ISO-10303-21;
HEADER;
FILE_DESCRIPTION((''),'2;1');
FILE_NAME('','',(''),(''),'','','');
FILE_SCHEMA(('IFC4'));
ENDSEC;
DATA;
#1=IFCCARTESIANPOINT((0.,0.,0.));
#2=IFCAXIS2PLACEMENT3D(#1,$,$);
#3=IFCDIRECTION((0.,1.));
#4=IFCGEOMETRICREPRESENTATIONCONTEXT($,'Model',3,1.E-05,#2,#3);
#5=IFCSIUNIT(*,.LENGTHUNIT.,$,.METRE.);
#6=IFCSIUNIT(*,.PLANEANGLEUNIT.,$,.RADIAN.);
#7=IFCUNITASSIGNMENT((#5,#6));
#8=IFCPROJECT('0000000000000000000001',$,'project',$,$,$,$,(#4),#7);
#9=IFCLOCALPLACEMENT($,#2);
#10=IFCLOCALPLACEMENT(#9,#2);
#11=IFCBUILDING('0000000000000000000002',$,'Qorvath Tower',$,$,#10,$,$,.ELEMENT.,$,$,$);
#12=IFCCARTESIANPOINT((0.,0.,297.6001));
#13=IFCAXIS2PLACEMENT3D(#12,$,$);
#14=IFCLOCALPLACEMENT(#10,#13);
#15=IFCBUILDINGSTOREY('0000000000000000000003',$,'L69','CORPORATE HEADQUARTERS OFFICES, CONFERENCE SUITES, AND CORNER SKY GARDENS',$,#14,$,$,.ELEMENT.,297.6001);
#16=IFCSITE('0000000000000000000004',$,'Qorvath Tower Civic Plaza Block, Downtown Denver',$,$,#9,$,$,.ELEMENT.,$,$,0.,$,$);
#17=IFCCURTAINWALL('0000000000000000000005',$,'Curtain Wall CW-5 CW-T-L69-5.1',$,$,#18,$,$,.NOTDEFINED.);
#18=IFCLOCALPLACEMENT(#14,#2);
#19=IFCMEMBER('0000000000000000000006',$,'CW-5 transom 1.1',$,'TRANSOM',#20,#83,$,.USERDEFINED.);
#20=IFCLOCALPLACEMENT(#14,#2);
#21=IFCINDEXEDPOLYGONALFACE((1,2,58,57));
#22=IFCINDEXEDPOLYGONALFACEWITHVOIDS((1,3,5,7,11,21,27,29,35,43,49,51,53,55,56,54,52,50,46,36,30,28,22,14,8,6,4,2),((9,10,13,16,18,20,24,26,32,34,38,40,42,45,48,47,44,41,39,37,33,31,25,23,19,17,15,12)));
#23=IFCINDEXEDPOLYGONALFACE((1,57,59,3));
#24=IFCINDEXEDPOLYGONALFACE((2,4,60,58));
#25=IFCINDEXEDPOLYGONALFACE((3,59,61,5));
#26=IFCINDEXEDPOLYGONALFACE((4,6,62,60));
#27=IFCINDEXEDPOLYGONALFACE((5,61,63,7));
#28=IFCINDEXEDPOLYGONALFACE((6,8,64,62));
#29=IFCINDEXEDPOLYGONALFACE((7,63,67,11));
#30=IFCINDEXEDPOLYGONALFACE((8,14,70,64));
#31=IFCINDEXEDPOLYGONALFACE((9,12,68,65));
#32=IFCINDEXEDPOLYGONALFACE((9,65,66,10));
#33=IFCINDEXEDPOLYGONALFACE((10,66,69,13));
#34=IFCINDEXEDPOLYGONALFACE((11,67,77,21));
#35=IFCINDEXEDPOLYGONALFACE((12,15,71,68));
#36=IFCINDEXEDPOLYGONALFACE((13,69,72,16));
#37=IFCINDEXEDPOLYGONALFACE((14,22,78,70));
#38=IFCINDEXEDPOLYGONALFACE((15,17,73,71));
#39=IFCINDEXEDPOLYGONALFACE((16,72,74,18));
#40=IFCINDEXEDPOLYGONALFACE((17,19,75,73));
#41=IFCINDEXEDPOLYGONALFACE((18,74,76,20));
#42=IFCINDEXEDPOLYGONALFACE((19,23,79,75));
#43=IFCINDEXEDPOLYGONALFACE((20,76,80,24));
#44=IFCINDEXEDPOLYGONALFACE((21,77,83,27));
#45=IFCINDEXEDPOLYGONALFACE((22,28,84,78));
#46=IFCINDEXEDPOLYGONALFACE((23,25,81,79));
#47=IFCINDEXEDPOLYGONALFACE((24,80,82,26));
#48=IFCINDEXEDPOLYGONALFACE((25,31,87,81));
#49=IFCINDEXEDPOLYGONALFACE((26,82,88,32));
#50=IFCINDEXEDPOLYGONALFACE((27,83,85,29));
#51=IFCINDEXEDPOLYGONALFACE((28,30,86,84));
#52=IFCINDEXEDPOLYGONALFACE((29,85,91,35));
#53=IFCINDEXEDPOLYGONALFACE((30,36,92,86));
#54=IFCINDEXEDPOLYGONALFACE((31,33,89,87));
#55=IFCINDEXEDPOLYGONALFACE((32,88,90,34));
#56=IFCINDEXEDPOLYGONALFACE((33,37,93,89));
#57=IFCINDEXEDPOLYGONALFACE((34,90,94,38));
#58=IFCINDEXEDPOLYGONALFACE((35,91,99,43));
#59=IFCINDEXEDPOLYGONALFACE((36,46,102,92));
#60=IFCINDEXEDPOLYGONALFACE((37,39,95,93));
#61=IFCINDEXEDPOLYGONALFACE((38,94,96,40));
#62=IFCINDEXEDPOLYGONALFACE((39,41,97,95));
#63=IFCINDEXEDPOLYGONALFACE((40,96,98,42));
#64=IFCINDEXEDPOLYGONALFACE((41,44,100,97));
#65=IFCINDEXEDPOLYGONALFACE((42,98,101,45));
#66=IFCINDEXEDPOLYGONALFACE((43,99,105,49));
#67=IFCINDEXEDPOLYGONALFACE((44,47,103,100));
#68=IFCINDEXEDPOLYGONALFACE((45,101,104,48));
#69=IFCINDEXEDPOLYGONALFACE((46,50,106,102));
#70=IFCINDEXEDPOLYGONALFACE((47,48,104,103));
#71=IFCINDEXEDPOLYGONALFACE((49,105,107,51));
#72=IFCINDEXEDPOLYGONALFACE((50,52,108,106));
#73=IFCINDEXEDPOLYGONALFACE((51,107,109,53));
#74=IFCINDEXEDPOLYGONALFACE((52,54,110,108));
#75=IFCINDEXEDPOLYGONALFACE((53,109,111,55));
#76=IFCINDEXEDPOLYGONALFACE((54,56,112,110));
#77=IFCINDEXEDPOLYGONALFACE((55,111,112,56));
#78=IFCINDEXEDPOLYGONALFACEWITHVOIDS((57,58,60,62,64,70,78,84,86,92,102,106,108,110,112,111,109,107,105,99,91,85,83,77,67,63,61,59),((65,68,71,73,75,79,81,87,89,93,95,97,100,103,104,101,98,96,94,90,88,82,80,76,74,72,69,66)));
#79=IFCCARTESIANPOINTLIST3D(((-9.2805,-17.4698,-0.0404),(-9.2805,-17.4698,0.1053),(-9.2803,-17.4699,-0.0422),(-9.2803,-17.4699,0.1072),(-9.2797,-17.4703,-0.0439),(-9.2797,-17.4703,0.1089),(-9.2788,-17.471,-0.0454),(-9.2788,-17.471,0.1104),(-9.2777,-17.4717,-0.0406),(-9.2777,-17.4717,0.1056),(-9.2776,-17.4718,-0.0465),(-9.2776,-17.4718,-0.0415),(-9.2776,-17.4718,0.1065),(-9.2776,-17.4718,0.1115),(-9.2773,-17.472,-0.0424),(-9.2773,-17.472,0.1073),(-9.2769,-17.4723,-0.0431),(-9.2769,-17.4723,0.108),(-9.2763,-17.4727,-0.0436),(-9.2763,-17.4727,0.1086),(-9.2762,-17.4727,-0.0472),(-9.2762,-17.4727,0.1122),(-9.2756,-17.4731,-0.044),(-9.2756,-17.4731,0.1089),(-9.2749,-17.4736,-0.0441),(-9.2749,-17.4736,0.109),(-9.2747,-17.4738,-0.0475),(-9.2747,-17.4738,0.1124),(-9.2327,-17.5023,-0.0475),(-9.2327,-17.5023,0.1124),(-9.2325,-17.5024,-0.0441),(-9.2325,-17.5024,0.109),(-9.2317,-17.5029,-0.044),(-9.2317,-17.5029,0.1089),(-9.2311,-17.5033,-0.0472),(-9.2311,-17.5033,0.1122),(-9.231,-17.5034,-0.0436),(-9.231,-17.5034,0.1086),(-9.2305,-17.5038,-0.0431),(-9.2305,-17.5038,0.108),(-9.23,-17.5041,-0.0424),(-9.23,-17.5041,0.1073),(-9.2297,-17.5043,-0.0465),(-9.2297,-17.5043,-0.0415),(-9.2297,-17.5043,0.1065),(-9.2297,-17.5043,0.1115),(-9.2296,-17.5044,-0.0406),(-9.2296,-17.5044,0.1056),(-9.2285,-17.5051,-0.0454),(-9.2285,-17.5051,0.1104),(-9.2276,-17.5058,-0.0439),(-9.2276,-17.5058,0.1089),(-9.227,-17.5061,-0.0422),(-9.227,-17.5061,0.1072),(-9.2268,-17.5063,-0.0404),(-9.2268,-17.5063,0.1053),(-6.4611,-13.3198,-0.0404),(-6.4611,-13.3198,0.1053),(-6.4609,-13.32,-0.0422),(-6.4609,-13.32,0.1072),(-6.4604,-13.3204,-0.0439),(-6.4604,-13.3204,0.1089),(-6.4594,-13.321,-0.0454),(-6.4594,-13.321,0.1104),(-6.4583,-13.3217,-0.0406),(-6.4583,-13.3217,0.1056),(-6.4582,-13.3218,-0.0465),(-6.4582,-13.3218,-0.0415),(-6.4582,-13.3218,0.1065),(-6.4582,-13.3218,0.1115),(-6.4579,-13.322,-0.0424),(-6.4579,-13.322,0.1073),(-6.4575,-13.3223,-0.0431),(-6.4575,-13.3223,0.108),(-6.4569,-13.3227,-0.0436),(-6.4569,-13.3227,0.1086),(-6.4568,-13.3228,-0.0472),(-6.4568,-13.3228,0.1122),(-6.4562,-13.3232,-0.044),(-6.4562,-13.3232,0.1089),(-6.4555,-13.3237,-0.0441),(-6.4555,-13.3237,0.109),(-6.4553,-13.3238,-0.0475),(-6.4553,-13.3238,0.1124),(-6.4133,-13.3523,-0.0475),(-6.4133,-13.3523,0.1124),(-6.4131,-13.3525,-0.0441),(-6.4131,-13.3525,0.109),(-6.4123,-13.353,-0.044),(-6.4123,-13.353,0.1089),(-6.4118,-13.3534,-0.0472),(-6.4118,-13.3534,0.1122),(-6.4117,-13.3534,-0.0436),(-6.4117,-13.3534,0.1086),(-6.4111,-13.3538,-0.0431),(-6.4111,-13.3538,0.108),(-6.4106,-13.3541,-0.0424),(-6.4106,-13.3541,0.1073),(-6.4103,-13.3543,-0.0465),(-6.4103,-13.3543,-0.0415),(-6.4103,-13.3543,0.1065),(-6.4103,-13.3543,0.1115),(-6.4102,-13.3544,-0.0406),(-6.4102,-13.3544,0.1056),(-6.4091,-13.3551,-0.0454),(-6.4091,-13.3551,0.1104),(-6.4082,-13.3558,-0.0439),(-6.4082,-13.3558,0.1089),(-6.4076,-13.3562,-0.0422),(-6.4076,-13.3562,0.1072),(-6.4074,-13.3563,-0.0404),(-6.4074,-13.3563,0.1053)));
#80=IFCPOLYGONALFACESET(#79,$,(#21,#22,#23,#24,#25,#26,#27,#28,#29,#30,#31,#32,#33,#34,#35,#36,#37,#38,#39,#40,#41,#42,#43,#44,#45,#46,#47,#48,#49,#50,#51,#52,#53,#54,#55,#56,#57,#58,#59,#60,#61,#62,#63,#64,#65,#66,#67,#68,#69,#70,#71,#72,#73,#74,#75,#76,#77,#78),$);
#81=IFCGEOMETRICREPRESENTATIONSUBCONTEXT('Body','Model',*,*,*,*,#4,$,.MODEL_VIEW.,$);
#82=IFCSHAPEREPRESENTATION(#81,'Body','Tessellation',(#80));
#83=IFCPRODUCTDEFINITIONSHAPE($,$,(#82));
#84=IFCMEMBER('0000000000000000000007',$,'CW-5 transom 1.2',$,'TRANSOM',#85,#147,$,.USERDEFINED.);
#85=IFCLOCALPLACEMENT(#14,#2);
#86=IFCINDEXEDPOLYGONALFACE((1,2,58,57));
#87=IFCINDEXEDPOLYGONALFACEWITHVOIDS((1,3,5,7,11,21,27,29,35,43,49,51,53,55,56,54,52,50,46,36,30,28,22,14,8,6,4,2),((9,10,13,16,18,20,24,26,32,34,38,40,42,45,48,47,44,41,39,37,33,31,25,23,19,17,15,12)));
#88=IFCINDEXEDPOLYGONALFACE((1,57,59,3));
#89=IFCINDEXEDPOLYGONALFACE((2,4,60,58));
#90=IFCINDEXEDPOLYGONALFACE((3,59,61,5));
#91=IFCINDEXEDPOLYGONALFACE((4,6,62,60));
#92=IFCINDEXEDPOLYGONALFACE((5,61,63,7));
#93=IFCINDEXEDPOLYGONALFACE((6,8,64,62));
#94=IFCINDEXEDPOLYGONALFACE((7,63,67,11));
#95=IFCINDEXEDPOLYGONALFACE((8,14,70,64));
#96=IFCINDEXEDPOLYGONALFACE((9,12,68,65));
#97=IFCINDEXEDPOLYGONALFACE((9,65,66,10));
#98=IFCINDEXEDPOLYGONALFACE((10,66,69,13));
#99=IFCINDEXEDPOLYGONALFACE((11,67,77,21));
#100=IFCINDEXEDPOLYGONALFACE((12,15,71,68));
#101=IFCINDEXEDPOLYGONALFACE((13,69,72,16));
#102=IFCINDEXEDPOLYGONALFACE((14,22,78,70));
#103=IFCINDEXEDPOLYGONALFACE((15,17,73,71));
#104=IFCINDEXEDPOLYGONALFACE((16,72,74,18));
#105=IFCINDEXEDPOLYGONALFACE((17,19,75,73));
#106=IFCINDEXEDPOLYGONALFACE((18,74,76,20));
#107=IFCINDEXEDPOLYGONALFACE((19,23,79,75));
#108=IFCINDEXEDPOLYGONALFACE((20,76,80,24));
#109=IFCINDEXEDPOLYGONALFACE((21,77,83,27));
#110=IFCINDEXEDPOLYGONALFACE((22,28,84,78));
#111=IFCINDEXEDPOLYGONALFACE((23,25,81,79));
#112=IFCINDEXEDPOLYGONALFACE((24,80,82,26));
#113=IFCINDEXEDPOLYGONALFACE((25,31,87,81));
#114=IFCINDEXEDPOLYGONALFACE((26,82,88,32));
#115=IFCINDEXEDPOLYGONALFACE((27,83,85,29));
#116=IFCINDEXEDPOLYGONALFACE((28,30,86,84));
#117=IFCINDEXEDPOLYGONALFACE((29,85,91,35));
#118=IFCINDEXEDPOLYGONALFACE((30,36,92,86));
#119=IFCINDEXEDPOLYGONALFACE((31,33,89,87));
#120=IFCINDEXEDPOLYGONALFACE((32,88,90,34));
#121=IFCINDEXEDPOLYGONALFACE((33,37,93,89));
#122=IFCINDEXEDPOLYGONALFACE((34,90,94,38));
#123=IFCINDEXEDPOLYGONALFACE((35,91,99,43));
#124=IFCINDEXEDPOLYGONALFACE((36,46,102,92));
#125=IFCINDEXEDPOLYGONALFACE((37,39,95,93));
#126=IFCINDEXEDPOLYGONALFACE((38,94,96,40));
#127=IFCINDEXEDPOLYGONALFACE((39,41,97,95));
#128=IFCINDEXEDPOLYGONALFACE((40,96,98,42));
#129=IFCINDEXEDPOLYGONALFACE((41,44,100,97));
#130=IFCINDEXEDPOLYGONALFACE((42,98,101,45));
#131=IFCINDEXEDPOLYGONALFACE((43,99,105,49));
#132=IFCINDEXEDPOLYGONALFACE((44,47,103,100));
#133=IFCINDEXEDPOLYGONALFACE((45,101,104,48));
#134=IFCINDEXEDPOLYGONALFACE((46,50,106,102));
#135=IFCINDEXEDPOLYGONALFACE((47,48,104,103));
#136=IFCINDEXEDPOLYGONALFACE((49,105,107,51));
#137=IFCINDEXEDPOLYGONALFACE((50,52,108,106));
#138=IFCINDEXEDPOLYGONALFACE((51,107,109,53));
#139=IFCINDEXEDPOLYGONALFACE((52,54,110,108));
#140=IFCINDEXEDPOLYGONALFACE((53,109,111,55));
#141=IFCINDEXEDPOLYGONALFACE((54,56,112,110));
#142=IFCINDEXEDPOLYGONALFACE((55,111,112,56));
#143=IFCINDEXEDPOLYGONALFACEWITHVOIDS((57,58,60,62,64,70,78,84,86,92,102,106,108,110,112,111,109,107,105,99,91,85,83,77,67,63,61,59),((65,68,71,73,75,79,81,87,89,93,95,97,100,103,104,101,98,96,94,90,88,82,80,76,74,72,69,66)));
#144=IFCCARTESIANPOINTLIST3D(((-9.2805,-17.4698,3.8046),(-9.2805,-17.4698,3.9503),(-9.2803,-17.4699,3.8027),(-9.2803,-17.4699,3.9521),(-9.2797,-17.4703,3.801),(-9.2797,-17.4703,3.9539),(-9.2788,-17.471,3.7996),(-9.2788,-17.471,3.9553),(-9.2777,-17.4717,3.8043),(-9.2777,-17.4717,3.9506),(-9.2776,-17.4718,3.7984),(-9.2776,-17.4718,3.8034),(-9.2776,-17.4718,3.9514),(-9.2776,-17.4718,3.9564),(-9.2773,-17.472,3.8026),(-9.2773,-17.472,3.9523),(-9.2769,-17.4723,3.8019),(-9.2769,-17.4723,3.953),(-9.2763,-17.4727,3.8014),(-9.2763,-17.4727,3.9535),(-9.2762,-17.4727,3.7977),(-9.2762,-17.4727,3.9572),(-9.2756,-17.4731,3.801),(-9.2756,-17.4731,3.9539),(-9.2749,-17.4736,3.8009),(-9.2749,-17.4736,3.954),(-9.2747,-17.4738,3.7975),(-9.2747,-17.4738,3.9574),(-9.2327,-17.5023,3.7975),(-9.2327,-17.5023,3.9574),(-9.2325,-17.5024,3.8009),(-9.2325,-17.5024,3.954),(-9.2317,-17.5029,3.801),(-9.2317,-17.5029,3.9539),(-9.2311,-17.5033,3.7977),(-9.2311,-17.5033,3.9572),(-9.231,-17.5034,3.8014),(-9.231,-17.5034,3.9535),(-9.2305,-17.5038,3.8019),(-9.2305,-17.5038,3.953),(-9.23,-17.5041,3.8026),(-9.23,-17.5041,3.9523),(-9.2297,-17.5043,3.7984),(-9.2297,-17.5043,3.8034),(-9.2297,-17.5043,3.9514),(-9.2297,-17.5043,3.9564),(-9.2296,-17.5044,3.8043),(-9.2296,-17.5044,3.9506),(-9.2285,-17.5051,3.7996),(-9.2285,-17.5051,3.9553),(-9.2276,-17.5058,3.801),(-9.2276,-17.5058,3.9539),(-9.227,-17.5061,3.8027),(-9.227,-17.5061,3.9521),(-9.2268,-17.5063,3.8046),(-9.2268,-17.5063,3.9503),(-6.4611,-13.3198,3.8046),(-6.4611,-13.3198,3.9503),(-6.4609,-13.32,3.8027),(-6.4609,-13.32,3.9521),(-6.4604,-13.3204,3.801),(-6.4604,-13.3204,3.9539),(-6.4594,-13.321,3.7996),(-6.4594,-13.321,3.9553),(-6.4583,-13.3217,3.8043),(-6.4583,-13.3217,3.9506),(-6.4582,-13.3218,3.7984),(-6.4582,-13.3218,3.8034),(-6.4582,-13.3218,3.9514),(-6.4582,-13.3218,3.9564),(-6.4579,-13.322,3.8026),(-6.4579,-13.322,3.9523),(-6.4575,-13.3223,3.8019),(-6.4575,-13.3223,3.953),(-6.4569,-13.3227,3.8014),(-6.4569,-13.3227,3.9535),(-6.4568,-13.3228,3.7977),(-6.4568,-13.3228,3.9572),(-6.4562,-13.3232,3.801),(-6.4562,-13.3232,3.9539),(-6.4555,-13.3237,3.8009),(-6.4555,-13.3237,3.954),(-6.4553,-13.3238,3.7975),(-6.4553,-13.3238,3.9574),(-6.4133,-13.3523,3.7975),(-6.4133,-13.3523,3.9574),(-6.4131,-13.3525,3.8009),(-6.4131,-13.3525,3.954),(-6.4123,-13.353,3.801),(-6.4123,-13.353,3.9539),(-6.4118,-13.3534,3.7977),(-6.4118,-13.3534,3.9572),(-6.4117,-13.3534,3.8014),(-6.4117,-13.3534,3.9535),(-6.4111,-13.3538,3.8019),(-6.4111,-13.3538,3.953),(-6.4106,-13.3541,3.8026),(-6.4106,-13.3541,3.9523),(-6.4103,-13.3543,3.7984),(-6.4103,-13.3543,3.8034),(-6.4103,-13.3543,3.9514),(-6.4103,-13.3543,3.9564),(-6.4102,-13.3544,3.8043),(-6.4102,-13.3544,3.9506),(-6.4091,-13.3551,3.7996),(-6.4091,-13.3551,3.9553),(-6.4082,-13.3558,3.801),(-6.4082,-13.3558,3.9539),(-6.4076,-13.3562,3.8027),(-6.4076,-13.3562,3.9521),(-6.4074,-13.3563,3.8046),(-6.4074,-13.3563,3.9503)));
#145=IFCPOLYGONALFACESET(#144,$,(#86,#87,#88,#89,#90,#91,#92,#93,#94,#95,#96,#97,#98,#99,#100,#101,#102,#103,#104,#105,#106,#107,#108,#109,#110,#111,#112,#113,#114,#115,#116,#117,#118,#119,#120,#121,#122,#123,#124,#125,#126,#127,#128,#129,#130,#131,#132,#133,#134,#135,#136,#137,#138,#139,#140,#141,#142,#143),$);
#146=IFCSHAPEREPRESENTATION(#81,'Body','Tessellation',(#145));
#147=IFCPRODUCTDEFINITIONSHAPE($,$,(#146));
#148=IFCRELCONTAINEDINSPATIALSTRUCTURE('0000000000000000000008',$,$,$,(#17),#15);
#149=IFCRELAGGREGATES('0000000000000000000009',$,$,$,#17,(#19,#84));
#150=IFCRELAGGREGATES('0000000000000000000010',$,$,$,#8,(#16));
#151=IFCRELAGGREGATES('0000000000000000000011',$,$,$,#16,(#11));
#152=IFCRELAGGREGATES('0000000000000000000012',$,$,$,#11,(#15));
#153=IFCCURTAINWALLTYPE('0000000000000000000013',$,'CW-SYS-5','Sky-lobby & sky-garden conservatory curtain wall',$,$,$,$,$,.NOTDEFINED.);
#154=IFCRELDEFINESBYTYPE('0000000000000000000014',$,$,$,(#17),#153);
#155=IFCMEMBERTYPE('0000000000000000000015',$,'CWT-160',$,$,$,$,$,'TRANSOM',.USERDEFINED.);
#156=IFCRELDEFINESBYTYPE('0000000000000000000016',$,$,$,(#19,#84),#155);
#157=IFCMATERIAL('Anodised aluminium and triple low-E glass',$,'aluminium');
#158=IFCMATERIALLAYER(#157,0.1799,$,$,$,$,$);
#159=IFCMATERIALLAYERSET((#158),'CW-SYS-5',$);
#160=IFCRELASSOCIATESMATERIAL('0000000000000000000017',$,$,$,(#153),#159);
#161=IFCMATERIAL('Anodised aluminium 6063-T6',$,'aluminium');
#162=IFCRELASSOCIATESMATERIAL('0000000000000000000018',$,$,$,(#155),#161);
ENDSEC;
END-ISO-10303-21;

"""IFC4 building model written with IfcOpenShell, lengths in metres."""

from ifc_helpers import new_model, si_unit, direction, frame, origin, origin_2d, place, context, subcontext, project, spatial, hollow_rectangle, extrude, material, layer, layer_set, material_profile, profile_set, type_object, element, aggregate, save


model = new_model("IFC4")

# Units and contexts
model_context = context("Model", 3, precision=1e-05, world=origin(), true_north=direction((0.0, 1.0)))
body_context = subcontext(model_context, "Body", "Model", "MODEL_VIEW")
ifc_project = project(units=[si_unit("LENGTHUNIT", "METRE"), si_unit("PLANEANGLEUNIT", "RADIAN")], contexts=[model_context])

# Site, building, storey
site_placement = place(None, origin())
site = spatial("IfcSite", under=ifc_project, at=site_placement, Name="Qorvath Tower Civic Plaza Block, Downtown Denver", CompositionType="ELEMENT", RefElevation=0.0)
building_placement = place(site_placement, origin())
building = spatial("IfcBuilding", under=site, at=building_placement, Name="Qorvath Tower", CompositionType="ELEMENT")
storey_placement = place(building_placement, frame((0.0, 0.0, 297.6001)))
storey = spatial("IfcBuildingStorey", under=building, at=storey_placement, Name="L69", Description="CORPORATE HEADQUARTERS OFFICES, CONFERENCE SUITES, AND CORNER SKY GARDENS", CompositionType="ELEMENT", Elevation=297.6001)

# Shared definitions
ifc_material_1 = material(Name="Anodised aluminium and triple low-E glass", Category="aluminium")
ifc_layer_1 = layer(ifc_material_1, 0.1799)
ifc_layer_set_1 = layer_set([ifc_layer_1], Name="CW-SYS-5")
curtain_wall_type = type_object("IfcCurtainWallType", Name="CW-SYS-5", Description="Sky-lobby & sky-garden conservatory curtain wall", PredefinedType="NOTDEFINED", material=ifc_layer_set_1)

# Curtain wall
curtain_wall_1_placement = place(storey_placement, origin())
curtain_wall_1 = element("IfcCurtainWall", 1, at=curtain_wall_1_placement, inside=storey, type_object=curtain_wall_type, Name="Curtain Wall CW-5 CW-T-L69-5.1", PredefinedType="NOTDEFINED")

# Members
ifc_material_2 = material(Name="Anodised aluminium 6063-T6", Category="aluminium")
ifc_material_profile_1 = material_profile(ifc_material_2, hollow_rectangle(XDim=0.0649, YDim=0.1599, WallThickness=0.0034, InnerFilletRadius=0.0034, OuterFilletRadius=0.0071, at=origin_2d()), Name="CWT 160x65")
ifc_profile_set_1 = profile_set([ifc_material_profile_1], Name="Anodised aluminium 6063-T6")
member_type_1 = type_object("IfcMemberType", Name="CWT-160", ElementType="TRANSOM", PredefinedType="USERDEFINED", material=ifc_profile_set_1)
member_1_placement = place(storey_placement, frame((-9.2537, -17.488, 0.0325), z_axis=(0.561956, 0.827167, 0.0), x_axis=(-0.827167, 0.561956, 0.0)))
member_1 = element("IfcMember", 2, at=member_1_placement, type_object=member_type_1, Name="CW-5 transom 1.1", ObjectType="TRANSOM", PredefinedType="USERDEFINED", context=body_context, shape_type="SweptSolid", body=[
    extrude(hollow_rectangle(XDim=0.0649, YDim=0.1599, WallThickness=0.0034, InnerFilletRadius=0.0034, OuterFilletRadius=0.0071, at=origin_2d()), origin(), (0.0, 0.0, 1.0), 5.0171),
])
member_2_placement = place(storey_placement, frame((-9.2537, -17.488, 3.8774), z_axis=(0.561956, 0.827167, 0.0), x_axis=(-0.827167, 0.561956, 0.0)))
member_2 = element("IfcMember", 3, at=member_2_placement, type_object=member_type_1, Name="CW-5 transom 1.2", ObjectType="TRANSOM", PredefinedType="USERDEFINED", context=body_context, shape_type="SweptSolid", body=[
    extrude(hollow_rectangle(XDim=0.0649, YDim=0.1599, WallThickness=0.0034, InnerFilletRadius=0.0034, OuterFilletRadius=0.0071, at=origin_2d()), origin(), (0.0, 0.0, 1.0), 5.0171),
])

aggregate(curtain_wall_1, [member_1, member_2])

save(model, "model.ifc")
